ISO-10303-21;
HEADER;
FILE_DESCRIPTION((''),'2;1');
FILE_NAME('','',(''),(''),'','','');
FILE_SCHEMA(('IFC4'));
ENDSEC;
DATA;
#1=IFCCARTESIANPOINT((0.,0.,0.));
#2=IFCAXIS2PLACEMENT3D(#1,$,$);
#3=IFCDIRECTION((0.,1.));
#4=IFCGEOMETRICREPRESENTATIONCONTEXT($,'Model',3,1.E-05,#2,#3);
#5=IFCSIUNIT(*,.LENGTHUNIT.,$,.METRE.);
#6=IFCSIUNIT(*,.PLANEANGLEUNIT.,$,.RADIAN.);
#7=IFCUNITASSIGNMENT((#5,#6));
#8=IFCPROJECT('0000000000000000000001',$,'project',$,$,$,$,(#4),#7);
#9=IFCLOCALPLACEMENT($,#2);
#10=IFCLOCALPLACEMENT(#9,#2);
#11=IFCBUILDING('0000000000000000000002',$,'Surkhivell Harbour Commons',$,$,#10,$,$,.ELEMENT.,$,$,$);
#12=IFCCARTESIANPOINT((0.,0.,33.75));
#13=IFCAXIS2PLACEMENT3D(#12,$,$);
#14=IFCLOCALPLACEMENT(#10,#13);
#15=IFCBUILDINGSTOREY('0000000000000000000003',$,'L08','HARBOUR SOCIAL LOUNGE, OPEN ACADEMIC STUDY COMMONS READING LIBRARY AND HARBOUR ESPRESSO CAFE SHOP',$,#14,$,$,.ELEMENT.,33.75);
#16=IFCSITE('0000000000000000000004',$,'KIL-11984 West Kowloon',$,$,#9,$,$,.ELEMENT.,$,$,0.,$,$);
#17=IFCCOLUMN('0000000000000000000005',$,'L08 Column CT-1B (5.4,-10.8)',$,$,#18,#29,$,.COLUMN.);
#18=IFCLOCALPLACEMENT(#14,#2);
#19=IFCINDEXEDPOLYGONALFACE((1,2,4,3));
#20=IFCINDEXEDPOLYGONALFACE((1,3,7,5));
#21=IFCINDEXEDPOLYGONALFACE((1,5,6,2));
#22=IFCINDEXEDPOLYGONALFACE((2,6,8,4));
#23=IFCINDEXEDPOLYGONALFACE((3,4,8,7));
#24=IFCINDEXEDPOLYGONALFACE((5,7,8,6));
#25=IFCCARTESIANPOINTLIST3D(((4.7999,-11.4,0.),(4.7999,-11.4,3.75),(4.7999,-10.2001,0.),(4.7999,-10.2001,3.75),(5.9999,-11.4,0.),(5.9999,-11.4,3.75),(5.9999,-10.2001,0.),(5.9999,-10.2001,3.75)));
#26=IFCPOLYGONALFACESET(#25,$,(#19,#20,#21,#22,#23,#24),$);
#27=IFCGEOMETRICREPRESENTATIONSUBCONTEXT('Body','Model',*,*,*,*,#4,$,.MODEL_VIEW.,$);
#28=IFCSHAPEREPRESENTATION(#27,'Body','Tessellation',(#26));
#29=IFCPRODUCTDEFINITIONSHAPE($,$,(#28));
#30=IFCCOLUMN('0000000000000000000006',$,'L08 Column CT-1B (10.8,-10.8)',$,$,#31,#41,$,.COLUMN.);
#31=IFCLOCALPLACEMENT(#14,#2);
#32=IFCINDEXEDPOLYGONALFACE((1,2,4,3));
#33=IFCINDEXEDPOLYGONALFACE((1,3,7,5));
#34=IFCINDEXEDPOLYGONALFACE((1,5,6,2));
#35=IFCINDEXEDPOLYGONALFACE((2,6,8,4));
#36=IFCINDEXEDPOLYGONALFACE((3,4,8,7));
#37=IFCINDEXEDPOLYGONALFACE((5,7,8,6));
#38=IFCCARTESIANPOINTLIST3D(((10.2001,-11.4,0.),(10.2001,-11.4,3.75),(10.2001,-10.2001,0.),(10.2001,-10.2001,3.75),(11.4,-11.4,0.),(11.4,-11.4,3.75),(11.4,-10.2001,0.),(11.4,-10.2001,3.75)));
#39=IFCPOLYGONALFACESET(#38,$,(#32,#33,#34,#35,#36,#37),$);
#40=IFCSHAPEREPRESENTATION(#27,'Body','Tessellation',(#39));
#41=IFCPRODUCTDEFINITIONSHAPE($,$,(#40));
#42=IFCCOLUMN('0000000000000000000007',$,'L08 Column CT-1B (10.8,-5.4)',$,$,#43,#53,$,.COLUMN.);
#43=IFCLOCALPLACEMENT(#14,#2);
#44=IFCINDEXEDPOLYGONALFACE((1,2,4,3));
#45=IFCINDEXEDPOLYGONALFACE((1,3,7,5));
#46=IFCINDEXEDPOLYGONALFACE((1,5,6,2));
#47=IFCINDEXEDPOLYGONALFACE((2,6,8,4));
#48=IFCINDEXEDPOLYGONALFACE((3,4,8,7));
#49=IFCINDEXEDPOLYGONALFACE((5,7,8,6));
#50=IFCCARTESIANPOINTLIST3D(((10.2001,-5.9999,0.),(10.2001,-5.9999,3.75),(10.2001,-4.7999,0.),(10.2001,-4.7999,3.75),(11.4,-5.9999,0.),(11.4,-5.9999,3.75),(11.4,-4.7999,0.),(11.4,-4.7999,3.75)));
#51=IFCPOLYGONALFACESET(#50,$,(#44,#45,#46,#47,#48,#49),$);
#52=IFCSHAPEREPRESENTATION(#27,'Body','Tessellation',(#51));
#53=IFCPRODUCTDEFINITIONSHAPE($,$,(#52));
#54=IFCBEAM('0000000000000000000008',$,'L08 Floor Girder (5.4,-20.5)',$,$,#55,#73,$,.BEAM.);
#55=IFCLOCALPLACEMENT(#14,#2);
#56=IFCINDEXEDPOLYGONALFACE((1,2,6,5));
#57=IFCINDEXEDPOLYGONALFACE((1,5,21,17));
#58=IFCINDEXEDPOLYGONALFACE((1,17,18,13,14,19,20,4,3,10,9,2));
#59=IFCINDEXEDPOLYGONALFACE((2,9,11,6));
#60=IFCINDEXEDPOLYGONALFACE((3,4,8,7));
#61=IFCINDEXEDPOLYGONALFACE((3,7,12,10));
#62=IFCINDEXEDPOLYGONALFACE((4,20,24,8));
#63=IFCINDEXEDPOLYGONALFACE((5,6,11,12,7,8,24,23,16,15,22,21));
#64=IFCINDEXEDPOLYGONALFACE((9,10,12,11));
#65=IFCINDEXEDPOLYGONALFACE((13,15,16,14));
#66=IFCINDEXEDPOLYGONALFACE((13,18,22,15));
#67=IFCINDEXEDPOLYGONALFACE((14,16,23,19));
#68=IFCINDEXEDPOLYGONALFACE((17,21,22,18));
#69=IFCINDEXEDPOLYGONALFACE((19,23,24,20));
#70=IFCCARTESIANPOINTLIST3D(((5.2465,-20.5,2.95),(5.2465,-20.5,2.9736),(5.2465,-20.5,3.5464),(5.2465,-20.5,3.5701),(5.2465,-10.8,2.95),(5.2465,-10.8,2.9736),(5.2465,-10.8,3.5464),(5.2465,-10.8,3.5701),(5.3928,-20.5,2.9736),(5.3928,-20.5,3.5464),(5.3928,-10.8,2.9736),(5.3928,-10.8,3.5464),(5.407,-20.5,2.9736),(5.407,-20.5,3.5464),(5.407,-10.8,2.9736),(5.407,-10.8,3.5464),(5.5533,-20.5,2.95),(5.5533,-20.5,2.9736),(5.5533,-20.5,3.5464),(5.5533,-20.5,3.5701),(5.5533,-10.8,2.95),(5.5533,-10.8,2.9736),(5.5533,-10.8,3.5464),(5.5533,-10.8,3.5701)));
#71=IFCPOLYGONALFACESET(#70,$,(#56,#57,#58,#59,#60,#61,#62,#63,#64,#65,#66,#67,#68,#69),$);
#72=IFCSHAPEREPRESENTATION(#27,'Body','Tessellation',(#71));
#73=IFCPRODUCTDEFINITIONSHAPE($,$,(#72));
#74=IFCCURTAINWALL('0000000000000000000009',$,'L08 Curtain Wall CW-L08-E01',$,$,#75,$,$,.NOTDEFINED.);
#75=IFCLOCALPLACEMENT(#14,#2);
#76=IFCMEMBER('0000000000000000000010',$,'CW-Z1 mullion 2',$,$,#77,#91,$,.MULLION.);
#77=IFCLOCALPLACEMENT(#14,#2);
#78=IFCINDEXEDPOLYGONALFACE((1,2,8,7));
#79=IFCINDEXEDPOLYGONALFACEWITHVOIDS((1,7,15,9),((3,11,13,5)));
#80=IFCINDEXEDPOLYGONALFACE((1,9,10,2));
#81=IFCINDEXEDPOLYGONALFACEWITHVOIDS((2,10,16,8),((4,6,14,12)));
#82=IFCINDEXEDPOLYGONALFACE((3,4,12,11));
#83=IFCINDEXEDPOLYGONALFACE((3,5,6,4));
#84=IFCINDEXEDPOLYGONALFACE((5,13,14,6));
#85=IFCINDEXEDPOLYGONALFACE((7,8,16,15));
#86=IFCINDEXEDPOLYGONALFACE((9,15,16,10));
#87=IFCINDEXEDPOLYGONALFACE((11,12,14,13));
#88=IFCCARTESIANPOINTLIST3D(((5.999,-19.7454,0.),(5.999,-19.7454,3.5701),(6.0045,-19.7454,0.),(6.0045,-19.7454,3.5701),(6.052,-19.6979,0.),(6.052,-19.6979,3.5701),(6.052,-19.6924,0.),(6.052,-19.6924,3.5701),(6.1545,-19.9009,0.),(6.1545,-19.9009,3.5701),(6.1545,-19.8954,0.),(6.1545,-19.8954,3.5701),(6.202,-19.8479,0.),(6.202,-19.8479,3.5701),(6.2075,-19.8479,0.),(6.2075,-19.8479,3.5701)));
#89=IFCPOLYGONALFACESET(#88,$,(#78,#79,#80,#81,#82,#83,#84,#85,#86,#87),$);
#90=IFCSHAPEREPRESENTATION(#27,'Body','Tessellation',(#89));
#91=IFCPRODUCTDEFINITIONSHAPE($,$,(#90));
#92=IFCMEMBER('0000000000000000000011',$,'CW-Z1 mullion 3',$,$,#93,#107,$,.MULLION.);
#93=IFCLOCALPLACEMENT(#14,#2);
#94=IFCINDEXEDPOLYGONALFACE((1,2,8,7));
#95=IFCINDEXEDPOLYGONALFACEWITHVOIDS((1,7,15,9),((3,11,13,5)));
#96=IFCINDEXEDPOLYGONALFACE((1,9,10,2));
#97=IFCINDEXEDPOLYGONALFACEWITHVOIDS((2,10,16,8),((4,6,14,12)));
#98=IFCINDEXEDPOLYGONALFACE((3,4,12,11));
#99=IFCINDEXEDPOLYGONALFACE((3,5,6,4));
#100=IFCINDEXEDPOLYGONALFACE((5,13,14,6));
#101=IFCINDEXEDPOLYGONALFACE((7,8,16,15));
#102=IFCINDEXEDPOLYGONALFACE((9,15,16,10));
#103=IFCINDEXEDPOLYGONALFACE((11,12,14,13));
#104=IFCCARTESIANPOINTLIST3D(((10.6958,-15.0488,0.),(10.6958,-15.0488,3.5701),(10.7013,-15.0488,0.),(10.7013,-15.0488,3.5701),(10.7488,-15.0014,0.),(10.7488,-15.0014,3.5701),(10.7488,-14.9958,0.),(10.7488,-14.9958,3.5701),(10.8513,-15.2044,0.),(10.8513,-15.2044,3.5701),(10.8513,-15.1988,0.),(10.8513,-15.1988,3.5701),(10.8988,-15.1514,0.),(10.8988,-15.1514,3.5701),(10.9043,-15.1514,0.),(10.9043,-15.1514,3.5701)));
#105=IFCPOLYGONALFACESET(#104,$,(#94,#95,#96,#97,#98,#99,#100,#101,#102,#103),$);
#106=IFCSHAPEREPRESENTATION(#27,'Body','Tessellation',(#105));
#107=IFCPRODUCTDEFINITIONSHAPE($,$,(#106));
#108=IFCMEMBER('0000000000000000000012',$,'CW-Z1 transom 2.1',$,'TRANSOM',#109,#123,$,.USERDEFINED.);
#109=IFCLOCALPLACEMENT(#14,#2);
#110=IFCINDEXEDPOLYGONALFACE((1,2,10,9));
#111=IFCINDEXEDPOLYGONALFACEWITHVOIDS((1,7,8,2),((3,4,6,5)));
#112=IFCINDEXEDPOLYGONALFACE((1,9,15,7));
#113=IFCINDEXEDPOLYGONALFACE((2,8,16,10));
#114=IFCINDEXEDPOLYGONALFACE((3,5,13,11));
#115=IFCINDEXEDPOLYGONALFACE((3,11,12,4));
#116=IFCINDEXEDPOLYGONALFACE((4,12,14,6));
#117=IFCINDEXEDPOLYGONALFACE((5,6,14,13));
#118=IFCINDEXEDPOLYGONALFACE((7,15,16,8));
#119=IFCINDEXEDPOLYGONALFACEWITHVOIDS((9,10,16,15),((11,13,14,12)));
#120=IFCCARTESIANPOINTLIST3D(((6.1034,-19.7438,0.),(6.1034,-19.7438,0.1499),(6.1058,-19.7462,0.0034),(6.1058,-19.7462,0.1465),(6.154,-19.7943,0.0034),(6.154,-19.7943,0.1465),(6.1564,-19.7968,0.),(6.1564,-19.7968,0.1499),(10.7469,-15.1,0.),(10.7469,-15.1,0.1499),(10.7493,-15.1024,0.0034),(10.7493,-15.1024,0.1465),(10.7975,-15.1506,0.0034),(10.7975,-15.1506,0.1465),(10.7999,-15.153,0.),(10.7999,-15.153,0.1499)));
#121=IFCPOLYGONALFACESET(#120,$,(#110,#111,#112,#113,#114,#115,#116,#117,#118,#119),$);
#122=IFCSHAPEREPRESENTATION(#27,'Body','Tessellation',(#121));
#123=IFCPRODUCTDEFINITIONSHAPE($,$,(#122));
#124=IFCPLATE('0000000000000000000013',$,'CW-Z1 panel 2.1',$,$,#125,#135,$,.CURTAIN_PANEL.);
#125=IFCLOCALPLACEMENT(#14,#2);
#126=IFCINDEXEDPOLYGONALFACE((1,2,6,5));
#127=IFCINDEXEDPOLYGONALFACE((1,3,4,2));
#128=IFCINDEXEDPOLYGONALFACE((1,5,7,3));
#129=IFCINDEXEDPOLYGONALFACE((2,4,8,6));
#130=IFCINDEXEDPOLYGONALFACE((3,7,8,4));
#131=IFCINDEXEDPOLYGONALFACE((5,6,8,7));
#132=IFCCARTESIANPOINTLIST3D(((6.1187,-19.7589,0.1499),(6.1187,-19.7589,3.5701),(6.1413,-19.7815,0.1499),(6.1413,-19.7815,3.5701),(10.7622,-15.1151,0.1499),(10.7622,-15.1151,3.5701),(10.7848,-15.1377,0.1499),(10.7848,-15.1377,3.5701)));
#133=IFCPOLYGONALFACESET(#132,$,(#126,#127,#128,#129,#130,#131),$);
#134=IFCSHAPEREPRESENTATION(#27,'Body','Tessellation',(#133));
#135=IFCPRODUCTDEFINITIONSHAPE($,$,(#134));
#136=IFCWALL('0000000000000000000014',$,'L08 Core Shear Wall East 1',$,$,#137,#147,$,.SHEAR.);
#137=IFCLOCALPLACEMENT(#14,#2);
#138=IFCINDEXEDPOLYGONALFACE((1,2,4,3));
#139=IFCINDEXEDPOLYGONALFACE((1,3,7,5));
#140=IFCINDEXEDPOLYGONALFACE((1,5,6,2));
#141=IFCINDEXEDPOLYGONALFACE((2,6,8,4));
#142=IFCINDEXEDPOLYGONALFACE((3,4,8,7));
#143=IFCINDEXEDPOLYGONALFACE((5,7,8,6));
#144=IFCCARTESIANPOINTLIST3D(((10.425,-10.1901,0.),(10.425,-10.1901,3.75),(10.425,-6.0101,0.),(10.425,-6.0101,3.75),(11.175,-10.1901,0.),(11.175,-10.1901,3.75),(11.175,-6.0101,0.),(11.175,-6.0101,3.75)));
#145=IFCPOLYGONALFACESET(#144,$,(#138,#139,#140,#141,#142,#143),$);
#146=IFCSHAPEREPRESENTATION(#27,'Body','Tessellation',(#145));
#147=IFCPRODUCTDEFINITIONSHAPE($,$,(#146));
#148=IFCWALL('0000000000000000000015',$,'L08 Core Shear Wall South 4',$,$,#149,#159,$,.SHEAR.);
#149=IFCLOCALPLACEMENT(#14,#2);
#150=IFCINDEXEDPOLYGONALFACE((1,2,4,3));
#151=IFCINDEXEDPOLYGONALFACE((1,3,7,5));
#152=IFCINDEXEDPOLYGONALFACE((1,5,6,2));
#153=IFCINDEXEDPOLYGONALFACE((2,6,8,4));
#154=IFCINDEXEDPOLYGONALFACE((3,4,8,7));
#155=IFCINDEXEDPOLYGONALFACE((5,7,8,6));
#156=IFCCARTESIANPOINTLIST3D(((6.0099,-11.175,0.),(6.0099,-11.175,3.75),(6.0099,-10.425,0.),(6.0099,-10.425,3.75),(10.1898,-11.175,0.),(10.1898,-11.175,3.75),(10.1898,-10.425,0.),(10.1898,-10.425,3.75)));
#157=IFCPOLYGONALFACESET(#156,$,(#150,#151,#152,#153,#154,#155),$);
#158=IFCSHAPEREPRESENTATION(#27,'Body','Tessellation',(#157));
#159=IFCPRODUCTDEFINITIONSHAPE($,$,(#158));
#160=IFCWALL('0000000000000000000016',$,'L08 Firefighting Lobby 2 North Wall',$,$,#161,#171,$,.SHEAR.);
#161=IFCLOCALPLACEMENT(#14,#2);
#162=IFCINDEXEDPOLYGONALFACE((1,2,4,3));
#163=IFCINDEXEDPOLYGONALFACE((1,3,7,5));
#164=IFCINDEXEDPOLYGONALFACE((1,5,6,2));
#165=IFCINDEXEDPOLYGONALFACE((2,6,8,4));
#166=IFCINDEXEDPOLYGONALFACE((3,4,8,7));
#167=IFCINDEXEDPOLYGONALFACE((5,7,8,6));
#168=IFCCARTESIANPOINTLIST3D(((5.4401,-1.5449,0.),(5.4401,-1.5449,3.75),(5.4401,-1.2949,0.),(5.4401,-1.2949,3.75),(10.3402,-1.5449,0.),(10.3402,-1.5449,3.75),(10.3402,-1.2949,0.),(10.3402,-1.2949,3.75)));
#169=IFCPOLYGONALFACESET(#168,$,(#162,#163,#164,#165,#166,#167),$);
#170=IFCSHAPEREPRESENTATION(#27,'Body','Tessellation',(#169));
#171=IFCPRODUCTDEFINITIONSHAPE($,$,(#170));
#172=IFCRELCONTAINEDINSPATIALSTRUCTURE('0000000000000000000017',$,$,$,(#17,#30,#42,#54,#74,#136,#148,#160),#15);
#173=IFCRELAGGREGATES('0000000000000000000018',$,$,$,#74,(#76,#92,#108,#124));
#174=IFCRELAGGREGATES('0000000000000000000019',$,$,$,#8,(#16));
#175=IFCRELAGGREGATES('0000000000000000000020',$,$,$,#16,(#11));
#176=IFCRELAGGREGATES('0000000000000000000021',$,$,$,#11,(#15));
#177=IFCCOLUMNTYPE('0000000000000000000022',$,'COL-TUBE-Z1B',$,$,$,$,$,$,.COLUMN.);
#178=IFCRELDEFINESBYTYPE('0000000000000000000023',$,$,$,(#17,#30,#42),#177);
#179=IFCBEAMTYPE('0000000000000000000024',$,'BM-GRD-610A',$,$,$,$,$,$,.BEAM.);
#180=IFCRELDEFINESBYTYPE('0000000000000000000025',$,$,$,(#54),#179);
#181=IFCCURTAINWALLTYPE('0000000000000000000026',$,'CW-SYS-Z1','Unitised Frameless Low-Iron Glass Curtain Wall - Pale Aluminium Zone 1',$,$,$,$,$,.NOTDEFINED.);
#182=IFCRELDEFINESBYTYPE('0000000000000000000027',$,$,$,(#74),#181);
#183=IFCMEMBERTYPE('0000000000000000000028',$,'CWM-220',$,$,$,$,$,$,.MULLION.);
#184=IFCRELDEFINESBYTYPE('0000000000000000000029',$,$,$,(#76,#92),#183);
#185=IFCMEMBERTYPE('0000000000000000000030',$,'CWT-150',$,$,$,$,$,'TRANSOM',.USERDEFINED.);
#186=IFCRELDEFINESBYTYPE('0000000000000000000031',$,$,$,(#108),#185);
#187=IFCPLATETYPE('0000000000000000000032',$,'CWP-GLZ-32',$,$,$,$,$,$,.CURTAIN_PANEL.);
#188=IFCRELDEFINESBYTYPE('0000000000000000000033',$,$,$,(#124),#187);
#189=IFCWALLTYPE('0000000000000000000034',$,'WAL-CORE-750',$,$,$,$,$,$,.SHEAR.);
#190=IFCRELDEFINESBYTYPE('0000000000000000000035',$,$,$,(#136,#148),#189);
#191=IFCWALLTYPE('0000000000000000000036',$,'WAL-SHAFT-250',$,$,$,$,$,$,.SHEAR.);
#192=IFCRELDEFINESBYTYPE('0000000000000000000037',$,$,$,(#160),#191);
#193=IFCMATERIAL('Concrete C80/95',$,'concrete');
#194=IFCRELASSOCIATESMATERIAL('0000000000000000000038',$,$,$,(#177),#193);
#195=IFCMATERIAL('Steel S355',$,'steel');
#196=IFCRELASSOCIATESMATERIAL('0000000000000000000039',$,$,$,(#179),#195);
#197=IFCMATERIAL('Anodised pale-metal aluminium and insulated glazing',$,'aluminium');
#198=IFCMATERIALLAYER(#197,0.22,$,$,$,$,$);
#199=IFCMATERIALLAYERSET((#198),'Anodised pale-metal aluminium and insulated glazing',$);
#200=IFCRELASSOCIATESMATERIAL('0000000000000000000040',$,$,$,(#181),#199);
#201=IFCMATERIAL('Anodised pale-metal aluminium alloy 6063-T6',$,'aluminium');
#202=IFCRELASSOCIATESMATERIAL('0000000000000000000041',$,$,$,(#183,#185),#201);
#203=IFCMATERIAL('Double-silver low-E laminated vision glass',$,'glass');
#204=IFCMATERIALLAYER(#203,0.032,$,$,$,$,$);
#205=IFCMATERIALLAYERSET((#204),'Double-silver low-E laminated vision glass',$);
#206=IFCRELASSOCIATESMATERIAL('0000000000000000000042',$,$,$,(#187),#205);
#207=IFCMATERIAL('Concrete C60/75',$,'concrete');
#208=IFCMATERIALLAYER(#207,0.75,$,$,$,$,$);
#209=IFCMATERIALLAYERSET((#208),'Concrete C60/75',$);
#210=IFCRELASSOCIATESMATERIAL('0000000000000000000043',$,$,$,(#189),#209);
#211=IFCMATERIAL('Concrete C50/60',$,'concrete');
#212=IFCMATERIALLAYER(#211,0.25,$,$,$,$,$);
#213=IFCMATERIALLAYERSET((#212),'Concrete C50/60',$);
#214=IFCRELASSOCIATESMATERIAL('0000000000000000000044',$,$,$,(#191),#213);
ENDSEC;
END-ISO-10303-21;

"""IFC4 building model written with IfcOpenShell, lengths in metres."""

from ifc_helpers import new_model, si_unit, direction, frame, frame_2d, origin, origin_2d, place, context, subcontext, project, spatial, rectangle, hollow_rectangle, i_section, extrude, material, layer, layer_set, material_profile, profile_set, type_object, element, aggregate, save


model = new_model("IFC4")

# Units and contexts
model_context = context("Model", 3, precision=1e-05, world=origin(), true_north=direction((0.0, 1.0)))
body_context = subcontext(model_context, "Body", "Model", "MODEL_VIEW")
ifc_project = project(units=[si_unit("LENGTHUNIT", "METRE"), si_unit("PLANEANGLEUNIT", "RADIAN")], contexts=[model_context])

# Site, building, storey
site_placement = place(None, origin())
site = spatial("IfcSite", under=ifc_project, at=site_placement, Name="KIL-11984 West Kowloon", CompositionType="ELEMENT", RefElevation=0.0)
building_placement = place(site_placement, origin())
building = spatial("IfcBuilding", under=site, at=building_placement, Name="Surkhivell Harbour Commons", CompositionType="ELEMENT")
storey_placement = place(building_placement, frame((0.0, 0.0, 33.75)))
storey = spatial("IfcBuildingStorey", under=building, at=storey_placement, Name="L08", Description="HARBOUR SOCIAL LOUNGE, OPEN ACADEMIC STUDY COMMONS READING LIBRARY AND HARBOUR ESPRESSO CAFE SHOP", CompositionType="ELEMENT", Elevation=33.75)

# Columns
ifc_material_1 = material(Name="Concrete C80/95", Category="concrete")
ifc_material_profile_1 = material_profile(ifc_material_1, rectangle(XDim=1.2, YDim=1.2, at=origin_2d()), Name="RC-COL-1200x1200")
ifc_profile_set_1 = profile_set([ifc_material_profile_1], Name="Concrete C80/95")
column_type = type_object("IfcColumnType", Name="COL-TUBE-Z1B", PredefinedType="COLUMN", material=ifc_profile_set_1)
for number, where, z_axis, x_axis, name in (
    (1, (5.3999, -10.8, 0.0), (0.0, 0.0, 1.0), (1.0, 0.0, 0.0), "L08 Column CT-1B (5.4,-10.8)"),
    (2, (10.8, -10.8, 0.0), (0.0, 0.0, 1.0), (1.0, 0.0, 0.0), "L08 Column CT-1B (10.8,-10.8)"),
    (3, (10.8, -5.3999, 0.0), (0.0, 0.0, 1.0), (1.0, 0.0, 0.0), "L08 Column CT-1B (10.8,-5.4)"),
):
    element("IfcColumn", number, at=place(storey_placement, frame(where, z_axis=z_axis, x_axis=x_axis)), inside=storey, type_object=column_type, Name=name, PredefinedType="COLUMN", context=body_context, shape_type="SweptSolid", body=[
        extrude(rectangle(XDim=1.2, YDim=1.2, at=origin_2d()), origin(), (0.0, 0.0, 1.0), 3.75),
    ])

# Beam
ifc_material_2 = material(Name="Steel S355", Category="steel")
ifc_material_profile_2 = material_profile(ifc_material_2, i_section(OverallWidth=0.3069, OverallDepth=0.6201, WebThickness=0.0142, FlangeThickness=0.0237, at=origin_2d()), Name="UB610x305x179")
ifc_profile_set_2 = profile_set([ifc_material_profile_2], Name="Steel S355")
beam_type = type_object("IfcBeamType", Name="BM-GRD-610A", PredefinedType="BEAM", material=ifc_profile_set_2)
beam_placement = place(storey_placement, frame((5.3999, -20.5, 3.26), z_axis=(0.0, 1.0, 0.0), x_axis=(-1.0, 0.0, 0.0)))
element("IfcBeam", 4, at=beam_placement, inside=storey, type_object=beam_type, Name="L08 Floor Girder (5.4,-20.5)", PredefinedType="BEAM", context=body_context, shape_type="SweptSolid", body=[
    extrude(i_section(OverallWidth=0.3069, OverallDepth=0.6201, WebThickness=0.0142, FlangeThickness=0.0237, at=origin_2d()), origin(), (0.0, 0.0, 1.0), 9.7),
])

# Curtain wall, members, plate
ifc_material_3 = material(Name="Anodised pale-metal aluminium and insulated glazing", Category="aluminium")
ifc_layer_1 = layer(ifc_material_3, 0.22)
ifc_layer_set_1 = layer_set([ifc_layer_1], Name="Anodised pale-metal aluminium and insulated glazing")
curtain_wall_type = type_object("IfcCurtainWallType", Name="CW-SYS-Z1", Description="Unitised Frameless Low-Iron Glass Curtain Wall - Pale Aluminium Zone 1", PredefinedType="NOTDEFINED", material=ifc_layer_set_1)
curtain_wall_placement = place(storey_placement, origin())
curtain_wall = element("IfcCurtainWall", 5, at=curtain_wall_placement, inside=storey, type_object=curtain_wall_type, Name="L08 Curtain Wall CW-L08-E01", PredefinedType="NOTDEFINED")
ifc_material_4 = material(Name="Anodised pale-metal aluminium alloy 6063-T6", Category="aluminium")
ifc_material_profile_3 = material_profile(ifc_material_4, hollow_rectangle(XDim=0.075, YDim=0.22, WallThickness=0.0039, at=origin_2d()), Name="ALU-MULL-75x220")
ifc_profile_set_3 = profile_set([ifc_material_profile_3], Name="Anodised pale-metal aluminium alloy 6063-T6")
member_type_1 = type_object("IfcMemberType", Name="CWM-220", PredefinedType="MULLION", material=ifc_profile_set_3)
member_1_placement = place(storey_placement, frame((6.1033, -19.7966, 0.0), z_axis=(0.0, 0.0, 1.0), x_axis=(0.707107, 0.707107, 0.0)))
member_1 = element("IfcMember", 6, at=member_1_placement, type_object=member_type_1, Name="CW-Z1 mullion 2", PredefinedType="MULLION", context=body_context, shape_type="SweptSolid", body=[
    extrude(hollow_rectangle(XDim=0.075, YDim=0.22, WallThickness=0.0039, at=origin_2d()), origin(), (0.0, 0.0, 1.0), 3.5701),
])
member_2_placement = place(storey_placement, frame((10.8, -15.1001, 0.0), z_axis=(0.0, 0.0, 1.0), x_axis=(0.707107, 0.707107, 0.0)))
member_2 = element("IfcMember", 7, at=member_2_placement, type_object=member_type_1, Name="CW-Z1 mullion 3", PredefinedType="MULLION", context=body_context, shape_type="SweptSolid", body=[
    extrude(hollow_rectangle(XDim=0.075, YDim=0.22, WallThickness=0.0039, at=origin_2d()), origin(), (0.0, 0.0, 1.0), 3.5701),
])
ifc_material_profile_4 = material_profile(ifc_material_4, hollow_rectangle(XDim=0.075, YDim=0.1499, WallThickness=0.0034, at=origin_2d()), Name="ALU-TRAN-75x150")
ifc_profile_set_4 = profile_set([ifc_material_profile_4], Name="Anodised pale-metal aluminium alloy 6063-T6")
member_type_2 = type_object("IfcMemberType", Name="CWT-150", ElementType="TRANSOM", PredefinedType="USERDEFINED", material=ifc_profile_set_4)
member_3_placement = place(storey_placement, frame((6.1299, -19.7703, 0.075), z_axis=(0.707088, 0.707125, 0.0), x_axis=(-0.707125, 0.707088, 0.0)))
member_3 = element("IfcMember", 8, at=member_3_placement, type_object=member_type_2, Name="CW-Z1 transom 2.1", ObjectType="TRANSOM", PredefinedType="USERDEFINED", context=body_context, shape_type="SweptSolid", body=[
    extrude(hollow_rectangle(XDim=0.075, YDim=0.1499, WallThickness=0.0034, at=origin_2d()), origin(), (0.0, 0.0, 1.0), 6.5671),
])
ifc_material_5 = material(Name="Double-silver low-E laminated vision glass", Category="glass")
ifc_layer_2 = layer(ifc_material_5, 0.032)
ifc_layer_set_2 = layer_set([ifc_layer_2], Name="Double-silver low-E laminated vision glass")
plate_type = type_object("IfcPlateType", Name="CWP-GLZ-32", PredefinedType="CURTAIN_PANEL", material=ifc_layer_set_2)
plate_placement = place(storey_placement, frame((6.1299, -19.7703, 0.1499), z_axis=(0.0, 0.0, 1.0), x_axis=(0.707088, 0.707125, 0.0)))
plate = element("IfcPlate", 9, at=plate_placement, type_object=plate_type, Name="CW-Z1 panel 2.1", PredefinedType="CURTAIN_PANEL", context=body_context, shape_type="SweptSolid", body=[
    extrude(rectangle(XDim=6.5671, YDim=0.032, at=frame_2d((3.2837, 0.0))), origin(), (0.0, 0.0, 1.0), 3.4202),
])
aggregate(curtain_wall, [member_1, member_2, member_3, plate])

# Walls
ifc_material_6 = material(Name="Concrete C60/75", Category="concrete")
ifc_layer_3 = layer(ifc_material_6, 0.75)
ifc_layer_set_3 = layer_set([ifc_layer_3], Name="Concrete C60/75")
wall_type_1 = type_object("IfcWallType", Name="WAL-CORE-750", PredefinedType="SHEAR", material=ifc_layer_set_3)
for number, where, z_axis, x_axis, name in (
    (10, (10.8, -10.1899, 0.0), (0.0, 0.0, 1.0), (0.0, 1.0, 0.0), "L08 Core Shear Wall East 1"),
    (11, (6.01, -10.8, 0.0), (0.0, 0.0, 1.0), (1.0, 0.0, 0.0), "L08 Core Shear Wall South 4"),
):
    element("IfcWall", number, at=place(storey_placement, frame(where, z_axis=z_axis, x_axis=x_axis)), inside=storey, type_object=wall_type_1, Name=name, PredefinedType="SHEAR", context=body_context, shape_type="SweptSolid", body=[
        extrude(rectangle(XDim=4.1799, YDim=0.75, at=frame_2d((2.0898, 0.0))), origin(), (0.0, 0.0, 1.0), 3.75),
    ])
ifc_material_7 = material(Name="Concrete C50/60", Category="concrete")
ifc_layer_4 = layer(ifc_material_7, 0.25)
ifc_layer_set_4 = layer_set([ifc_layer_4], Name="Concrete C50/60")
wall_type_2 = type_object("IfcWallType", Name="WAL-SHAFT-250", PredefinedType="SHEAR", material=ifc_layer_set_4)
wall_1_placement = place(storey_placement, frame((5.4399, -1.4199, 0.0), z_axis=(0.0, 0.0, 1.0), x_axis=(1.0, 0.0, 0.0)))
element("IfcWall", 12, at=wall_1_placement, inside=storey, type_object=wall_type_2, Name="L08 Firefighting Lobby 2 North Wall", PredefinedType="SHEAR", context=body_context, shape_type="SweptSolid", body=[
    extrude(rectangle(XDim=4.9001, YDim=0.25, at=frame_2d((2.4502, 0.0))), origin(), (0.0, 0.0, 1.0), 3.75),
])

save(model, "model.ifc")
